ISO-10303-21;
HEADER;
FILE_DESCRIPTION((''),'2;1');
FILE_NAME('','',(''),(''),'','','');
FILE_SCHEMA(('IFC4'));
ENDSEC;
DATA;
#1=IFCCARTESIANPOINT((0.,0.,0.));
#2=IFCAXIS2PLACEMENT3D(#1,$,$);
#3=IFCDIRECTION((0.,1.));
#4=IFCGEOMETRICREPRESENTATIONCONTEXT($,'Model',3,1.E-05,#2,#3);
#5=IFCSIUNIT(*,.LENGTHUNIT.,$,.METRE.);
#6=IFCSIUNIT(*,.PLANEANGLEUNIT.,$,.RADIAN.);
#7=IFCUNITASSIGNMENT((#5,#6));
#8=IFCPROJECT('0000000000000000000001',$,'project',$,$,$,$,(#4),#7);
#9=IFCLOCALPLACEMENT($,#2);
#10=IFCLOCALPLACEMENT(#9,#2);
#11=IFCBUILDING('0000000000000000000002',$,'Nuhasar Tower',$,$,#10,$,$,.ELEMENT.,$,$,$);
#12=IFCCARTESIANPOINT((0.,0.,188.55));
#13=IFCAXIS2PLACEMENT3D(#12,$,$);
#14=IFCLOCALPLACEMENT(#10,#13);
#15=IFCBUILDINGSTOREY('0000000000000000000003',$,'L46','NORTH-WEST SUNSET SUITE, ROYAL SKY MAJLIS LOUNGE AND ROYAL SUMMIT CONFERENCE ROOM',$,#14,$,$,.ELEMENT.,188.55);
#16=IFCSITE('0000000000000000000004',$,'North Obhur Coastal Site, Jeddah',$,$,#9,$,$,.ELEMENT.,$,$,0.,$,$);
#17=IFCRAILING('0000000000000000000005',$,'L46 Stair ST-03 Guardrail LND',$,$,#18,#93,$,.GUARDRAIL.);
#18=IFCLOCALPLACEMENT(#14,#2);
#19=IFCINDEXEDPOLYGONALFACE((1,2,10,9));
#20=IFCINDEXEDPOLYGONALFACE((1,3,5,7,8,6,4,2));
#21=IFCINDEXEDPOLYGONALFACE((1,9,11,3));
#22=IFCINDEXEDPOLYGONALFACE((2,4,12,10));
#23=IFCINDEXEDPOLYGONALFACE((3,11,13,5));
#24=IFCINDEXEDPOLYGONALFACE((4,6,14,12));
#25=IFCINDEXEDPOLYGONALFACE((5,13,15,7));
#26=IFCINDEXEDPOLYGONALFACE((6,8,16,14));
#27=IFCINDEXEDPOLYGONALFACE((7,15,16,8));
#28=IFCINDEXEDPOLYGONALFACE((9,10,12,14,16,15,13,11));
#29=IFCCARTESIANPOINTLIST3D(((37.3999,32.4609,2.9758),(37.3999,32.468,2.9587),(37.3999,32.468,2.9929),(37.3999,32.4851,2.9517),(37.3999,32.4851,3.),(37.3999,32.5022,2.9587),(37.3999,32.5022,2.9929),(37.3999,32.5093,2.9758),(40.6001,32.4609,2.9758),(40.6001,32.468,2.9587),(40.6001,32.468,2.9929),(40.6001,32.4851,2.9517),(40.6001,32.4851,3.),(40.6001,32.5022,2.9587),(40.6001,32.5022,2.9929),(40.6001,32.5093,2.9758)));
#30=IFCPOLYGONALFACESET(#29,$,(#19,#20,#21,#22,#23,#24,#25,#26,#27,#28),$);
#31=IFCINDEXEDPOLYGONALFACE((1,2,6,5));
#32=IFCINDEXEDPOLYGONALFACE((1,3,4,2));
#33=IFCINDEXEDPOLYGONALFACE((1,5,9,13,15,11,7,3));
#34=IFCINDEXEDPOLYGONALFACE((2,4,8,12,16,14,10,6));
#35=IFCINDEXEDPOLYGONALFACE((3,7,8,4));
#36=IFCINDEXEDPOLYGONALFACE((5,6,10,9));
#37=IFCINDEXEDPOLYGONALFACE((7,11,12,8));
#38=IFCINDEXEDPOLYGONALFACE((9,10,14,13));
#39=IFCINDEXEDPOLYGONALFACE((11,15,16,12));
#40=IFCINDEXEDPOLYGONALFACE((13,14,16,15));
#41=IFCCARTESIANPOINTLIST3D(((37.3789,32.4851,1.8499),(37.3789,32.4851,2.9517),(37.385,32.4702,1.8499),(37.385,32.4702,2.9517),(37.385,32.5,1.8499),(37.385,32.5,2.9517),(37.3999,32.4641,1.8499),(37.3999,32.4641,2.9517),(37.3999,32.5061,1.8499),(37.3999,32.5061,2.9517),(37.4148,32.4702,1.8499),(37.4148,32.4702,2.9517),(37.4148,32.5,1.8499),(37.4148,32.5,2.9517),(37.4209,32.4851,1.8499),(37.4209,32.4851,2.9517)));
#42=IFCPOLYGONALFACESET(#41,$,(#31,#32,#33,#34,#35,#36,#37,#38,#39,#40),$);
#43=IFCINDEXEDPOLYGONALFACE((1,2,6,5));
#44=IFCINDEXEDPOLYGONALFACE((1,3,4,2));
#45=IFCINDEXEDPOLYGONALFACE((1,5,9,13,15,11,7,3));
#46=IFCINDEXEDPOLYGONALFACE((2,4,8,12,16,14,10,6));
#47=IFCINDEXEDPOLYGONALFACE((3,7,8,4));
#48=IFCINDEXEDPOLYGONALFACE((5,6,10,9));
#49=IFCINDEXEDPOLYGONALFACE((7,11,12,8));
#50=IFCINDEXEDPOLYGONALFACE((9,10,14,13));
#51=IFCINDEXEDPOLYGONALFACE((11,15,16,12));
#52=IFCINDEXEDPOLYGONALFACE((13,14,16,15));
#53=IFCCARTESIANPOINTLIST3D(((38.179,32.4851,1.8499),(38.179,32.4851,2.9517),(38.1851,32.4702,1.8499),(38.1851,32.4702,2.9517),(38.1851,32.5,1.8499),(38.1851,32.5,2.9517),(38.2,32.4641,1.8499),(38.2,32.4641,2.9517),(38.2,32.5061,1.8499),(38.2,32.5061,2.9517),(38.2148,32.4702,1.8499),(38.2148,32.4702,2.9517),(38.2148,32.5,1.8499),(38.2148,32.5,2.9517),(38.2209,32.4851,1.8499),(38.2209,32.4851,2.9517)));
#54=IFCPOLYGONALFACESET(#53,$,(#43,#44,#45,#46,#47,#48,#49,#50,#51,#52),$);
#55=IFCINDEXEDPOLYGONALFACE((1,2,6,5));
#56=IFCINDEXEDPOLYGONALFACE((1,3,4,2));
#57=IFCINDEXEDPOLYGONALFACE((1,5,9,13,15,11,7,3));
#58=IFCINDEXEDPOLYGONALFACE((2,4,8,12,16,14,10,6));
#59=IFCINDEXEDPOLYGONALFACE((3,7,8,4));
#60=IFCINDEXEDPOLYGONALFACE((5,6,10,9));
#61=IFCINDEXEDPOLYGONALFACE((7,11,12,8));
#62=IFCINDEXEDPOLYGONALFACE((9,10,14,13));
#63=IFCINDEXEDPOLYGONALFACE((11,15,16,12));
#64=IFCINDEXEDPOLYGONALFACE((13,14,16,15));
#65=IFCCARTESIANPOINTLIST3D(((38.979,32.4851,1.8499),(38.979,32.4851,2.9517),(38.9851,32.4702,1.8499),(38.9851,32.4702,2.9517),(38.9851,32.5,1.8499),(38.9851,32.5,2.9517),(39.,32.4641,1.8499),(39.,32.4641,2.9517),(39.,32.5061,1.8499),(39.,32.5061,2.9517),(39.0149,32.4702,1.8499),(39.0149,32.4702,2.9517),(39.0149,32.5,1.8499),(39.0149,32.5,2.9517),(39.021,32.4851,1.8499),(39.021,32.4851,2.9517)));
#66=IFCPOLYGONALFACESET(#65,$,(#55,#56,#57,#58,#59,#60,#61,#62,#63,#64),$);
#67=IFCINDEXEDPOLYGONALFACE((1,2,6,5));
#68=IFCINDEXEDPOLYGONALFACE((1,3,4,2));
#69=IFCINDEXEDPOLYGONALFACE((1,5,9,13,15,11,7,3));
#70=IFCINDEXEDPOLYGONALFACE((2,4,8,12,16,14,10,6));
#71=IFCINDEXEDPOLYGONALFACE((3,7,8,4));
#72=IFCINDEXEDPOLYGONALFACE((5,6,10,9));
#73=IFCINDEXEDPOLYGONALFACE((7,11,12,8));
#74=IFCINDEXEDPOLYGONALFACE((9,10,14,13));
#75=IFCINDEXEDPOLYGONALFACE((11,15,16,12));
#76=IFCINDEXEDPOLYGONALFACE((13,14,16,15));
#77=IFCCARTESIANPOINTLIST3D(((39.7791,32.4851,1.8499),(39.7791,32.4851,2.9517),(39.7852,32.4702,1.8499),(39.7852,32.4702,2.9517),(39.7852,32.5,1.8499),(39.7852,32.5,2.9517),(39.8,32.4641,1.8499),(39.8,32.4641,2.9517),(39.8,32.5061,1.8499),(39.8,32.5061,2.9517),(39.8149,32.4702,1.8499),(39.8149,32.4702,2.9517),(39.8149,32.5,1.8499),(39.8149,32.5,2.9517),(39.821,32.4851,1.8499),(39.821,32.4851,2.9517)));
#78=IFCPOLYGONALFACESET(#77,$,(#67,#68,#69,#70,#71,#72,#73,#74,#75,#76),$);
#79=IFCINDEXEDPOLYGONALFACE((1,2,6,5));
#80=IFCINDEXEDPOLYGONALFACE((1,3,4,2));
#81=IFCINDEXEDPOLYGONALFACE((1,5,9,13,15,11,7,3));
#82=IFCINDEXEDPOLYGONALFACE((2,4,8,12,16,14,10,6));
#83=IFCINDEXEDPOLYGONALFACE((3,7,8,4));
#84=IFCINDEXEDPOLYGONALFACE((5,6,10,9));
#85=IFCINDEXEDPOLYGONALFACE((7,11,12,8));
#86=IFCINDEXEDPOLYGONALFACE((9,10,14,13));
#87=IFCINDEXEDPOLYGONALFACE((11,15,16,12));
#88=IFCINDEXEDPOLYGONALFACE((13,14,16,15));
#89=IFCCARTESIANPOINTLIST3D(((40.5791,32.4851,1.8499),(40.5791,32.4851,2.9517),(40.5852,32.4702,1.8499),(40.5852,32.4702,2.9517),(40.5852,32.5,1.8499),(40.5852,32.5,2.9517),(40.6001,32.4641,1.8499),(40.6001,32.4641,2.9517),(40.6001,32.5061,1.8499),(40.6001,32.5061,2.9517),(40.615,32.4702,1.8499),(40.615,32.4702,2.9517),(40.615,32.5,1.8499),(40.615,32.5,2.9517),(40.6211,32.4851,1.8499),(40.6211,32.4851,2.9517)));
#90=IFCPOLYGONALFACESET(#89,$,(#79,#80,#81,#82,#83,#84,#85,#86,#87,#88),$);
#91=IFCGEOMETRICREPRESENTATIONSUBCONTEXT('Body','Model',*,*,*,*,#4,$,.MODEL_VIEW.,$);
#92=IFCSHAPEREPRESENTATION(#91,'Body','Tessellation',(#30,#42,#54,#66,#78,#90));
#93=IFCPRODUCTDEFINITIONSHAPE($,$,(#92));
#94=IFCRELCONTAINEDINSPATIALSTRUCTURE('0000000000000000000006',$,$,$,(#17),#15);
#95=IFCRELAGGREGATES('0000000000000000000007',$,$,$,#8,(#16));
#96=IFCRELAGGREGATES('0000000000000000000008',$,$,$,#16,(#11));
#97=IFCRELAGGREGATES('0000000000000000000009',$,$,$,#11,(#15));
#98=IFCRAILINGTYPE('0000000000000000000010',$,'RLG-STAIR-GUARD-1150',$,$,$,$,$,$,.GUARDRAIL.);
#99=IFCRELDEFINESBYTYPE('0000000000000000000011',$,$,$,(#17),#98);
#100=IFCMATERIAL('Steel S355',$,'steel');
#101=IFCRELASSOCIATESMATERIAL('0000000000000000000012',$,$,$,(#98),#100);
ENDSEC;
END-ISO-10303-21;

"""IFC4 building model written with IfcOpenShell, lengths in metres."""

from ifc_helpers import new_model, si_unit, direction, frame, origin, place, context, subcontext, project, spatial, polyline, outline, extrude, material, type_object, element, save


model = new_model("IFC4")

# Units and contexts
model_context = context("Model", 3, precision=1e-05, world=origin(), true_north=direction((0.0, 1.0)))
body_context = subcontext(model_context, "Body", "Model", "MODEL_VIEW")
ifc_project = project(units=[si_unit("LENGTHUNIT", "METRE"), si_unit("PLANEANGLEUNIT", "RADIAN")], contexts=[model_context])

# Site, building, storey
site_placement = place(None, origin())
site = spatial("IfcSite", under=ifc_project, at=site_placement, Name="North Obhur Coastal Site, Jeddah", CompositionType="ELEMENT", RefElevation=0.0)
building_placement = place(site_placement, origin())
building = spatial("IfcBuilding", under=site, at=building_placement, Name="Nuhasar Tower", CompositionType="ELEMENT")
storey_placement = place(building_placement, frame((0.0, 0.0, 188.55)))
storey = spatial("IfcBuildingStorey", under=building, at=storey_placement, Name="L46", Description="NORTH-WEST SUNSET SUITE, ROYAL SKY MAJLIS LOUNGE AND ROYAL SUMMIT CONFERENCE ROOM", CompositionType="ELEMENT", Elevation=188.55)

# Shared definitions
ifc_material_1 = material(Name="Steel S355", Category="steel")

# Railing
railing_type_1 = type_object("IfcRailingType", Name="RLG-STAIR-GUARD-1150", PredefinedType="GUARDRAIL", material=ifc_material_1)
railing_1_placement = place(storey_placement, frame((37.3999, 32.4851, 1.8499)))
element("IfcRailing", 1, at=railing_1_placement, inside=storey, type_object=railing_type_1, Name="L46 Stair ST-03 Guardrail LND", PredefinedType="GUARDRAIL", context=body_context, shape_type="SweptSolid", body=[
    extrude(outline(polyline([(0.0242, 0.0), (0.0171, 0.0171), (0.0, 0.0242), (-0.0171, 0.0171), (-0.0242, 0.0), (-0.0171, -0.0171), (0.0, -0.0242), (0.0171, -0.0171), (0.0242, 0.0)])), frame((0.0, 0.0, 1.126), z_axis=(1.0, 0.0, 0.0), x_axis=(0.0, 1.0, 0.0)), (0.0, 0.0, 1.0), 3.2002),
    extrude(outline(polyline([(0.021, 0.0), (0.0149, 0.0149), (0.0, 0.021), (-0.0149, 0.0149), (-0.021, 0.0), (-0.0149, -0.0149), (0.0, -0.021), (0.0149, -0.0149), (0.021, 0.0)])), origin(), (0.0, 0.0, 1.0), 1.1018),
    extrude(outline(polyline([(0.021, 0.0), (0.0149, 0.0149), (0.0, 0.021), (-0.0149, 0.0149), (-0.021, 0.0), (-0.0149, -0.0149), (0.0, -0.021), (0.0149, -0.0149), (0.021, 0.0)])), frame((0.8, 0.0, 0.0)), (0.0, 0.0, 1.0), 1.1018),
    extrude(outline(polyline([(0.021, 0.0), (0.0149, 0.0149), (0.0, 0.021), (-0.0149, 0.0149), (-0.021, 0.0), (-0.0149, -0.0149), (0.0, -0.021), (0.0149, -0.0149), (0.021, 0.0)])), frame((1.6001, 0.0, 0.0)), (0.0, 0.0, 1.0), 1.1018),
    extrude(outline(polyline([(0.021, 0.0), (0.0149, 0.0149), (0.0, 0.021), (-0.0149, 0.0149), (-0.021, 0.0), (-0.0149, -0.0149), (0.0, -0.021), (0.0149, -0.0149), (0.021, 0.0)])), frame((2.4001, 0.0, 0.0)), (0.0, 0.0, 1.0), 1.1018),
    extrude(outline(polyline([(0.021, 0.0), (0.0149, 0.0149), (0.0, 0.021), (-0.0149, 0.0149), (-0.021, 0.0), (-0.0149, -0.0149), (0.0, -0.021), (0.0149, -0.0149), (0.021, 0.0)])), frame((3.2002, 0.0, 0.0)), (0.0, 0.0, 1.0), 1.1018),
])

save(model, "model.ifc")
